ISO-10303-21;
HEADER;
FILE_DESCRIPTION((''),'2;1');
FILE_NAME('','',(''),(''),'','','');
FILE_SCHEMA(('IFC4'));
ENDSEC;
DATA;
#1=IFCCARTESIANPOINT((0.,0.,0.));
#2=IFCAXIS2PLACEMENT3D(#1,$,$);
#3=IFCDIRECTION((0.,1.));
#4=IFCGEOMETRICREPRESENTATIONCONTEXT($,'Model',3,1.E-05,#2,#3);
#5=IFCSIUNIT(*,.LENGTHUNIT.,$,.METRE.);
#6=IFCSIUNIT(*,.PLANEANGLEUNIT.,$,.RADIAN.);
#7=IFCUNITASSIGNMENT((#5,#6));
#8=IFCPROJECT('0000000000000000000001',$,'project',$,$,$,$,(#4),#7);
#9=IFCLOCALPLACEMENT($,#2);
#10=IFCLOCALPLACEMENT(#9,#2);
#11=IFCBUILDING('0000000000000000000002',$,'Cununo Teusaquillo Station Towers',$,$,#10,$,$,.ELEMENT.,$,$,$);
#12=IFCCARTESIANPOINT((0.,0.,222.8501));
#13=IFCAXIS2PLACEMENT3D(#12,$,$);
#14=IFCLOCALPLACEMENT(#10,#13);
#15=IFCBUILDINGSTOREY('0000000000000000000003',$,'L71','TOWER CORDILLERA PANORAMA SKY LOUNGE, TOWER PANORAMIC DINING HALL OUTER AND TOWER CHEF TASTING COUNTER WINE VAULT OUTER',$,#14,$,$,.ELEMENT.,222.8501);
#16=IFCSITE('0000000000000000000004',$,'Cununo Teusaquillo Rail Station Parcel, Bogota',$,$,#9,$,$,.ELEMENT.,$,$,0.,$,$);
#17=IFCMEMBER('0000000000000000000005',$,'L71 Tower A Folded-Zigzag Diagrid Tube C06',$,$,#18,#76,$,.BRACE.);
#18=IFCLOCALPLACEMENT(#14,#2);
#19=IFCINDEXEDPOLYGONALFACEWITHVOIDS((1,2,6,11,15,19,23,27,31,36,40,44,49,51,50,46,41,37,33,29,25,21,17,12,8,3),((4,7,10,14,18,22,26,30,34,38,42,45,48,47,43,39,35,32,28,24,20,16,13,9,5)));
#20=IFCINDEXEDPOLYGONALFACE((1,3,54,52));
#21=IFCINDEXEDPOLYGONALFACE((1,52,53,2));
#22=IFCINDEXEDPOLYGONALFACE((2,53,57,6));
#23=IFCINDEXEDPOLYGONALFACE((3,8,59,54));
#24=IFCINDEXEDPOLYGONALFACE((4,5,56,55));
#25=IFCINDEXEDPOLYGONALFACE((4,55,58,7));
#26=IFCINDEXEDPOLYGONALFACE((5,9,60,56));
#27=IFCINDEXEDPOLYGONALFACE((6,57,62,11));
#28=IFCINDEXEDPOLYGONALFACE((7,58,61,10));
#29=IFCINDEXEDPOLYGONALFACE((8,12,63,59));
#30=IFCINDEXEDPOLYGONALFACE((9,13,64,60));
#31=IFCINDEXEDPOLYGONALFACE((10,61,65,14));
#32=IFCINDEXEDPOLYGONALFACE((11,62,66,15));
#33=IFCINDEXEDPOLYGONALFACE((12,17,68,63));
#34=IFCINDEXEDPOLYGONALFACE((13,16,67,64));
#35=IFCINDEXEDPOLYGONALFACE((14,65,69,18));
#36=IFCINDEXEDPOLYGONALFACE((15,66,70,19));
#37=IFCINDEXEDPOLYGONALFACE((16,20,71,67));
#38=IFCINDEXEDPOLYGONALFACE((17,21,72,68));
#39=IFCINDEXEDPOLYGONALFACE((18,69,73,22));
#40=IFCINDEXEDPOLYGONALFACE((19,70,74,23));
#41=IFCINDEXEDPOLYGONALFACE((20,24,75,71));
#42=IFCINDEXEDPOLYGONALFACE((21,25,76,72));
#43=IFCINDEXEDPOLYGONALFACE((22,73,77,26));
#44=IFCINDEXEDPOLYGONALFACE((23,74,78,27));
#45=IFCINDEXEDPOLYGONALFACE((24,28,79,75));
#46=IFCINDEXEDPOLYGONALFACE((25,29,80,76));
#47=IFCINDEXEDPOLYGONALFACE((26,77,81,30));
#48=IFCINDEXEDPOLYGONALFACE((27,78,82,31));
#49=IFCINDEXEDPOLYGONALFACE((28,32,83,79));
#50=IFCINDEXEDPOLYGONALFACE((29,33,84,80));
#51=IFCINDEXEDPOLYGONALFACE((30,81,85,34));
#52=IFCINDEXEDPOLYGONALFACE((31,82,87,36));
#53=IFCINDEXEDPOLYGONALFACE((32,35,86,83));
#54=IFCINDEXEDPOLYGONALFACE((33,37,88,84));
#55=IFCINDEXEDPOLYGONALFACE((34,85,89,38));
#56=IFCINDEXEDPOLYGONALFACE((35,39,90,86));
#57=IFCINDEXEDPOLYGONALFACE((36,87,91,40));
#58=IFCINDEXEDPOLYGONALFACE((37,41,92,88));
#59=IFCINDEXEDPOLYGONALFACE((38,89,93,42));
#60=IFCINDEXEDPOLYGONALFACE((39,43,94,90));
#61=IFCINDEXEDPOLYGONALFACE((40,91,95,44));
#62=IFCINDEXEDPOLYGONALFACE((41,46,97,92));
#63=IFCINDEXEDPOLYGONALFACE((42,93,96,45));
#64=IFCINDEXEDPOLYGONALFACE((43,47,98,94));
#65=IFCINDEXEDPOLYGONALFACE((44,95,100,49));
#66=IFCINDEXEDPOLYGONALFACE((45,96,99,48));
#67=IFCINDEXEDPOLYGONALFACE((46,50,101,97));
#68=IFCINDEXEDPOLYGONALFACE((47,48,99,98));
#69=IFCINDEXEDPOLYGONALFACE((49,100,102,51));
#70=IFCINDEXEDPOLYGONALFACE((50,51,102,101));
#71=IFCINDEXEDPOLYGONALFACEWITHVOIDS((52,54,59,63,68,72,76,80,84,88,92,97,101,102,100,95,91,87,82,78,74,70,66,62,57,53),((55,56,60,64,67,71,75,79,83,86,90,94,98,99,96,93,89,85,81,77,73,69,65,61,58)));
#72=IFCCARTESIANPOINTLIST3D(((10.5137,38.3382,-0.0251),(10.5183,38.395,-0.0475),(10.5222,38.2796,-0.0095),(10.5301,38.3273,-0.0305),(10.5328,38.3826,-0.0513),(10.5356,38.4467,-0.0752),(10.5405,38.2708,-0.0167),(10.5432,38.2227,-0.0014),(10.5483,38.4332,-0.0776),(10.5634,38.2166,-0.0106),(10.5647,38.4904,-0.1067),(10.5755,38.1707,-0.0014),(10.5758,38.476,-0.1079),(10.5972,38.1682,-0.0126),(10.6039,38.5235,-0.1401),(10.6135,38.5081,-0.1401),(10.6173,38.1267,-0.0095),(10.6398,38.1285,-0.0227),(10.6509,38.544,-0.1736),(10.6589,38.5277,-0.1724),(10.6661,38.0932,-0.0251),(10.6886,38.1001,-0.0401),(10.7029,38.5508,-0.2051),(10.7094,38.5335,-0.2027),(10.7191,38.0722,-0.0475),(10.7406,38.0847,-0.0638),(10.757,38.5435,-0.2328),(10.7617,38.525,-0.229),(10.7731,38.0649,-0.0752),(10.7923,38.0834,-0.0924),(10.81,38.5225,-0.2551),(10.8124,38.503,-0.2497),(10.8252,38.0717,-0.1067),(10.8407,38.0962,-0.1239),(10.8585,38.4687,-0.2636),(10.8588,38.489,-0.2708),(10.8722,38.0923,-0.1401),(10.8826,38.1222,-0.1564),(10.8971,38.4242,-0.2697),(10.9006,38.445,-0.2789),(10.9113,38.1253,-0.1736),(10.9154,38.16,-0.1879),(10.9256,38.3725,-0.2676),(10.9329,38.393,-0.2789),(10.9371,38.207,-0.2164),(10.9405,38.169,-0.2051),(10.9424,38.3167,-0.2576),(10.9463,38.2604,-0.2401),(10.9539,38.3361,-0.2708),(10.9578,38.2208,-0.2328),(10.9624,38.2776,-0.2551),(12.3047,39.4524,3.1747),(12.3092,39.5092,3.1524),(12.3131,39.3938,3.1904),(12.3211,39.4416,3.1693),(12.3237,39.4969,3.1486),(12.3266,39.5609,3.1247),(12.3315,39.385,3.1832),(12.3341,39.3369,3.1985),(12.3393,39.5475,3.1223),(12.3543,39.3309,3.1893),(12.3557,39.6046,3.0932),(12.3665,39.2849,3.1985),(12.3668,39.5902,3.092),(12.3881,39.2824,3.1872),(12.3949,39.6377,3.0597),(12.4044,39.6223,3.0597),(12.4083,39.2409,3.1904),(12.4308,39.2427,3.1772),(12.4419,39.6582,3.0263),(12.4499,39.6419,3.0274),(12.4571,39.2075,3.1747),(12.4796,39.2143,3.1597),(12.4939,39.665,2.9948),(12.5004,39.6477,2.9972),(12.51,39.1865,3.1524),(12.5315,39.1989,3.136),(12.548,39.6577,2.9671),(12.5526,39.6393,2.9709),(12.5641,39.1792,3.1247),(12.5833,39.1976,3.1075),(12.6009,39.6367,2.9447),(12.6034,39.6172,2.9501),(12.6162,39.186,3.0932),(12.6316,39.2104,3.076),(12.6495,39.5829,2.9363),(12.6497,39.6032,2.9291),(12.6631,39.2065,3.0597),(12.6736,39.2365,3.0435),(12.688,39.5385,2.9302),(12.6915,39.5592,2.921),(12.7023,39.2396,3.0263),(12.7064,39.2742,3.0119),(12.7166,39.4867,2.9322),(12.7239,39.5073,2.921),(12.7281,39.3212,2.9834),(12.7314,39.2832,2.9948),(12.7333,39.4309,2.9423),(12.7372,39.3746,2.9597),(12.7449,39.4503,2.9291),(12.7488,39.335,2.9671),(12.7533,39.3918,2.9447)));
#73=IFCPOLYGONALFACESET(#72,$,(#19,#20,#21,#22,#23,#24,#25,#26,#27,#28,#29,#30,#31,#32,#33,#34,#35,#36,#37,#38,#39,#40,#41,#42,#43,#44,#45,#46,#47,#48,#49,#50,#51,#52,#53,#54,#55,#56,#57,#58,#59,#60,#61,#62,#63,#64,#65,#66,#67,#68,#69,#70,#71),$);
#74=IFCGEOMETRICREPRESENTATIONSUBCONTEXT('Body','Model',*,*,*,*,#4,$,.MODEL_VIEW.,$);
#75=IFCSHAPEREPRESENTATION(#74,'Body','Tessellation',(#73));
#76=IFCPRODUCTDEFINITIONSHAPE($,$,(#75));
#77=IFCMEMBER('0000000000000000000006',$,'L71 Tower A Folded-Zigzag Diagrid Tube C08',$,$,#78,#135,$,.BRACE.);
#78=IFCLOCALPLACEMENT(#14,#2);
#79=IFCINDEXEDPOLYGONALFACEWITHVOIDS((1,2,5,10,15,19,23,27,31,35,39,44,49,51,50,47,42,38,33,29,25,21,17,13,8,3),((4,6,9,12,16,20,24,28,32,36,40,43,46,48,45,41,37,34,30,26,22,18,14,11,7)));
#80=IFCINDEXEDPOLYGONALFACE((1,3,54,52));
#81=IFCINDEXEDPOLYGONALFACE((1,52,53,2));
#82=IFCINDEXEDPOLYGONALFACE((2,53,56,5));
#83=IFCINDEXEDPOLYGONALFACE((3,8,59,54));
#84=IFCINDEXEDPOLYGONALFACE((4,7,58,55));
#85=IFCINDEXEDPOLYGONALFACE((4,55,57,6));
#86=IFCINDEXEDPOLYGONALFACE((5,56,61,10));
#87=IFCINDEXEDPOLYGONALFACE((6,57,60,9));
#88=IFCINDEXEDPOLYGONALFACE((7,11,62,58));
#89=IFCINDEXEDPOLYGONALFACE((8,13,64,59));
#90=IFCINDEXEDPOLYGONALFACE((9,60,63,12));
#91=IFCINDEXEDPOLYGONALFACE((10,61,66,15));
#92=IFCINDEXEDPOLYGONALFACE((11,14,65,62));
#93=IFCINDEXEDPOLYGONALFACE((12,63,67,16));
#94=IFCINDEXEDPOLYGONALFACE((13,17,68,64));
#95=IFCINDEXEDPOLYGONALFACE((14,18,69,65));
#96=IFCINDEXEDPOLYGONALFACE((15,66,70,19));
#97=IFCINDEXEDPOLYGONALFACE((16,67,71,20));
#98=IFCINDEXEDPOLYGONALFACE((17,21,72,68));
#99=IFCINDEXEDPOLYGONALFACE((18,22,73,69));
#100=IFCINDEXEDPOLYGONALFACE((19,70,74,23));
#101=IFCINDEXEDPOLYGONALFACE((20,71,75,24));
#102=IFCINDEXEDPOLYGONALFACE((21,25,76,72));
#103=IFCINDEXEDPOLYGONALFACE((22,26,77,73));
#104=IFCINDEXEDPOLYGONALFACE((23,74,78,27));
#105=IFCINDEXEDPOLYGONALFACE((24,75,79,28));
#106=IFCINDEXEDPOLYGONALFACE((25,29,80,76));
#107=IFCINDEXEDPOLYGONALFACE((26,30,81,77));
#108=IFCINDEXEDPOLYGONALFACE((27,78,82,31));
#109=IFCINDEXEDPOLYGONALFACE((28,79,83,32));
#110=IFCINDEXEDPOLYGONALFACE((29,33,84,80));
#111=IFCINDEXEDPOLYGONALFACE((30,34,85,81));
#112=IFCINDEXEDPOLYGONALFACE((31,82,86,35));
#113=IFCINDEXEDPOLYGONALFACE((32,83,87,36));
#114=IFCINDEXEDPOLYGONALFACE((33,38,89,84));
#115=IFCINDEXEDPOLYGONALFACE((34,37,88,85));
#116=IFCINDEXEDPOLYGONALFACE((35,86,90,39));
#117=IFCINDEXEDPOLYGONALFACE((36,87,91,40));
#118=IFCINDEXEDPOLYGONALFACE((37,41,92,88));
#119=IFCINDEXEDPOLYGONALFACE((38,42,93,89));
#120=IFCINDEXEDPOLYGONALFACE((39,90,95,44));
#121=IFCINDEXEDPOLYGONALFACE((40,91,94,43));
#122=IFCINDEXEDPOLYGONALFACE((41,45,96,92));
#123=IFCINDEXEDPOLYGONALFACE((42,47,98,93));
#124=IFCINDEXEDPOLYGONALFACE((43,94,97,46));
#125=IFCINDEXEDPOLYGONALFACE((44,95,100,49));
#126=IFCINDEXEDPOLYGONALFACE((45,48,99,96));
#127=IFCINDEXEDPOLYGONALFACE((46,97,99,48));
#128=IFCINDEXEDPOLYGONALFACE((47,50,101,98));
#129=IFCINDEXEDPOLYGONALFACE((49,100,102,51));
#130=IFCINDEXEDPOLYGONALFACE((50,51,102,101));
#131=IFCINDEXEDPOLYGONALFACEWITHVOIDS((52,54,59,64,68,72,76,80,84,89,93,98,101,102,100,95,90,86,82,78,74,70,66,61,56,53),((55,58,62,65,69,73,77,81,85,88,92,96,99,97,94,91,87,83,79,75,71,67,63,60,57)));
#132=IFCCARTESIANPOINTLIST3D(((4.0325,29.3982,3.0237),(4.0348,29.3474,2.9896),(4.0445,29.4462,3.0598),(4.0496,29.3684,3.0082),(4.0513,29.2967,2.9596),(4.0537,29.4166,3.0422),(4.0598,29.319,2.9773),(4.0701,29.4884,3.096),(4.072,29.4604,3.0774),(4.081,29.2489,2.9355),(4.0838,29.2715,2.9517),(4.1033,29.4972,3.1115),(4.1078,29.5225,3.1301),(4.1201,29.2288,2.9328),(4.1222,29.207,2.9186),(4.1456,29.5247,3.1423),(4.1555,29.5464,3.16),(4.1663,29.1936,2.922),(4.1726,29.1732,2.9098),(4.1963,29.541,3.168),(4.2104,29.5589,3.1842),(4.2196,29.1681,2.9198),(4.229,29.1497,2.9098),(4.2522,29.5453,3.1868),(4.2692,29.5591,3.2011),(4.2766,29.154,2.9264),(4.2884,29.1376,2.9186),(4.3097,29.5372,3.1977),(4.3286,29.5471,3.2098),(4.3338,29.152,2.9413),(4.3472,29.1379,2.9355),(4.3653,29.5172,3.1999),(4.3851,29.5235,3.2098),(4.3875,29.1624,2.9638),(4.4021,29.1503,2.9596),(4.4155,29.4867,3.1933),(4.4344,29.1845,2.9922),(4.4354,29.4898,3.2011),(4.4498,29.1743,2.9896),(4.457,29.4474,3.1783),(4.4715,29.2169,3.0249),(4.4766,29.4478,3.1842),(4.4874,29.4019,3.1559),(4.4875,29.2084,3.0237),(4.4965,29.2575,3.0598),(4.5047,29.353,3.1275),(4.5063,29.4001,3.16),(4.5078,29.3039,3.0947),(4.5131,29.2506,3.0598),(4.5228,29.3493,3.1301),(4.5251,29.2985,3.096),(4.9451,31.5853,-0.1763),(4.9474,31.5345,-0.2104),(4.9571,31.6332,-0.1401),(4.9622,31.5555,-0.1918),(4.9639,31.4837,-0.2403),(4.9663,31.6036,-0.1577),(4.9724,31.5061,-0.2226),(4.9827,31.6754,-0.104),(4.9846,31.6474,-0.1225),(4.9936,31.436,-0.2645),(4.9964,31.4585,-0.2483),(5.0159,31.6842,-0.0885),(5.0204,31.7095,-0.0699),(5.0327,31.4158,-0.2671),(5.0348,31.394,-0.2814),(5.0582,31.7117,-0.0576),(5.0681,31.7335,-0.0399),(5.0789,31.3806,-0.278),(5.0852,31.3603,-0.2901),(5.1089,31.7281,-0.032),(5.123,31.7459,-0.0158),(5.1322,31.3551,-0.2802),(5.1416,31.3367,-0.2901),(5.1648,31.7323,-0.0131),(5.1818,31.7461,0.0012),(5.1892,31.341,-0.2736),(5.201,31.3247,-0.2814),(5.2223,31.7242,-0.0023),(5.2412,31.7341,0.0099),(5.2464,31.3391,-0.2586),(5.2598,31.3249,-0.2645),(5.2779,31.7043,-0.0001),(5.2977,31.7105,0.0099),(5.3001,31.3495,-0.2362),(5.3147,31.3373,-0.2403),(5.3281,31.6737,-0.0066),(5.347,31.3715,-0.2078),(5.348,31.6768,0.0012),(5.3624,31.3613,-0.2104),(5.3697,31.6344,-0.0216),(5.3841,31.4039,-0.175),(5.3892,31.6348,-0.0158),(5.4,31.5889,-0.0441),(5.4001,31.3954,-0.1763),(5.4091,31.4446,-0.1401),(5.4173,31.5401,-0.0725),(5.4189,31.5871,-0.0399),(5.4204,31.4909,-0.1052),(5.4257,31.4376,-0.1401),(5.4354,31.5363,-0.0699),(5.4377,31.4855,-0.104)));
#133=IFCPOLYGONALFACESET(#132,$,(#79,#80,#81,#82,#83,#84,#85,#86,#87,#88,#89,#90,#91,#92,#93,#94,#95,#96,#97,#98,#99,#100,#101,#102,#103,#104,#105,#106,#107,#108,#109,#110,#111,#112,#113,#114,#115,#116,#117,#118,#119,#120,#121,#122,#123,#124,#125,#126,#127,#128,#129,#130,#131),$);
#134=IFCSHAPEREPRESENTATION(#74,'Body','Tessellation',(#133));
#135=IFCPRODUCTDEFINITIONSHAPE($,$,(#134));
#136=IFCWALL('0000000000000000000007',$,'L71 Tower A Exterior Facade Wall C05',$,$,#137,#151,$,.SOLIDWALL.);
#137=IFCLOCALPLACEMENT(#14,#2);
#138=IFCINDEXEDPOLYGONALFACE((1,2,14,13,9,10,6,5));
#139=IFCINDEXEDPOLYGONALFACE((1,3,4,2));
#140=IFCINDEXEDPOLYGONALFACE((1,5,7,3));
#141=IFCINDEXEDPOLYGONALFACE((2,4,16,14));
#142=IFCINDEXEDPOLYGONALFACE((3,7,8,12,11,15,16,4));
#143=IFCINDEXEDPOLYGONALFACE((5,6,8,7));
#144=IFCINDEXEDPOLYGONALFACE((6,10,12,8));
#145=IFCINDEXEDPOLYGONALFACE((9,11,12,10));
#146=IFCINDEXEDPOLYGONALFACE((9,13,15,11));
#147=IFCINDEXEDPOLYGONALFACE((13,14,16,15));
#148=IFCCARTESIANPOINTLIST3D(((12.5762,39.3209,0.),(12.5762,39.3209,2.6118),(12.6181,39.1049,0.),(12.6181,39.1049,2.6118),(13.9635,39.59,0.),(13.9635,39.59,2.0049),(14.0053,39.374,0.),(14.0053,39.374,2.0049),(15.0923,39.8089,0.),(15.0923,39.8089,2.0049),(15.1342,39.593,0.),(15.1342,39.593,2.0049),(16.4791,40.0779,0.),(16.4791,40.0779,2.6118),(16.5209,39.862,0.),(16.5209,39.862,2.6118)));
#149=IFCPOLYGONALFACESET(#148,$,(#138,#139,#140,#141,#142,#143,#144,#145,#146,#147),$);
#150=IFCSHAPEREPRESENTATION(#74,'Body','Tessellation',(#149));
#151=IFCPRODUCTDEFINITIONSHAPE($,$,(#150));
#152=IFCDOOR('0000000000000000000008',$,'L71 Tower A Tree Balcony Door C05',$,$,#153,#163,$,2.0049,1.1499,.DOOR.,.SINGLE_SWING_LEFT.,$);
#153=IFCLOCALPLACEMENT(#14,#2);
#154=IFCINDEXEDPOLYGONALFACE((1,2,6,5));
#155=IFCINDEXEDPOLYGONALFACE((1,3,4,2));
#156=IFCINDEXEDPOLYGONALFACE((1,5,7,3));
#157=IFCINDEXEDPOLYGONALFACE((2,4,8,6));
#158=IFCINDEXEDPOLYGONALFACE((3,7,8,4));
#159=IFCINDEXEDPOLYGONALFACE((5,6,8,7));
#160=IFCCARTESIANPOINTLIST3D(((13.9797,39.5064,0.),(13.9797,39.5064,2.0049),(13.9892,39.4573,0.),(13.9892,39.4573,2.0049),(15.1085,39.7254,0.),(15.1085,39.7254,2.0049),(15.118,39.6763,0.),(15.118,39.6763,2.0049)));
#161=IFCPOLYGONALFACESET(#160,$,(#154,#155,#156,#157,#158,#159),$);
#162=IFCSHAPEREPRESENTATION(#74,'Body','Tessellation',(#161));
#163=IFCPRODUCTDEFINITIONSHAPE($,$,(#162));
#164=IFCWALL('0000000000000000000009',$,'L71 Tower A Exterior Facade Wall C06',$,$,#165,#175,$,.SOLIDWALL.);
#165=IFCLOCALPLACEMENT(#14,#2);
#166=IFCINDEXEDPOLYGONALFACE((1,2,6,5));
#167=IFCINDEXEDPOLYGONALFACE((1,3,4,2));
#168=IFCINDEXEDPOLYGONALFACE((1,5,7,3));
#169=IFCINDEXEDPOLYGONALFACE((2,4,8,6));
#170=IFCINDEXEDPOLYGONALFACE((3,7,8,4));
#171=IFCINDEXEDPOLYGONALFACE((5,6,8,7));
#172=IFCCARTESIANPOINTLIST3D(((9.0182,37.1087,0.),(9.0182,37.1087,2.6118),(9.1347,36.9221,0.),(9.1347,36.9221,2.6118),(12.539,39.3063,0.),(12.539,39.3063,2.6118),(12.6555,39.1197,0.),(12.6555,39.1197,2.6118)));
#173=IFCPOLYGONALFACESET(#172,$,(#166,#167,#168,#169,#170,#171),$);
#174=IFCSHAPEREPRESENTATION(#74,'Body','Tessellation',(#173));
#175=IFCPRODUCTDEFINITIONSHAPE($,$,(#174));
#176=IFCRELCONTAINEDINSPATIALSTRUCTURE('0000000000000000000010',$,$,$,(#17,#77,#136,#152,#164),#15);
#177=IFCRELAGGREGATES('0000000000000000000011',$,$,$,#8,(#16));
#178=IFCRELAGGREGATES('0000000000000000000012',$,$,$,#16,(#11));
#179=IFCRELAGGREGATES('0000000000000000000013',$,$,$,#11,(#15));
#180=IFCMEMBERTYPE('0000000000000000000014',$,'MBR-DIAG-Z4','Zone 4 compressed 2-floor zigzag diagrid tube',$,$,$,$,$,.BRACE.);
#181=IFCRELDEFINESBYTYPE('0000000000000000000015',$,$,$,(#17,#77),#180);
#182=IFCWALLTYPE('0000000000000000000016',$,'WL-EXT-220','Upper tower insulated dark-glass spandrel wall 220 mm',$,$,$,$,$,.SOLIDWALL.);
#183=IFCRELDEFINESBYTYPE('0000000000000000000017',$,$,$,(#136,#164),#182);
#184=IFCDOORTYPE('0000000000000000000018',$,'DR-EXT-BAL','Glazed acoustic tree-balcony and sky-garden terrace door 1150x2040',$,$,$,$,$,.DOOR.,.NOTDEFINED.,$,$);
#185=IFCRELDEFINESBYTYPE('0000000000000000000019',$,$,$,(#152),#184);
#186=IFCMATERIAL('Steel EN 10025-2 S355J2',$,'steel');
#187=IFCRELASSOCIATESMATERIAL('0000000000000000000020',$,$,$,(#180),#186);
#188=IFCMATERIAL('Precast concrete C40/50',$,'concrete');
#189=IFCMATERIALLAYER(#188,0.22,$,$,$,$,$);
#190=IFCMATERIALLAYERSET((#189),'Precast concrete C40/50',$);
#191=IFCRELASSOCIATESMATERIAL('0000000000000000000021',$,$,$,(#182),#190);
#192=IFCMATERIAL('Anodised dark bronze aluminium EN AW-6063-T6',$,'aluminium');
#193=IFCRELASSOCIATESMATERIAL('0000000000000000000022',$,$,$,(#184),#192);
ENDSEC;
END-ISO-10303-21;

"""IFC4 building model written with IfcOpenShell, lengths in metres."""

from ifc_helpers import new_model, si_unit, direction, frame, frame_2d, origin, origin_2d, place, context, subcontext, project, spatial, rectangle, hollow_circle, extrude, source, transform, mapped, material, layer, layer_set, material_profile, profile_set, type_object, element, fill, save


model = new_model("IFC4")

# Units and contexts
model_context = context("Model", 3, precision=1e-05, world=origin(), true_north=direction((0.0, 1.0)))
body_context = subcontext(model_context, "Body", "Model", "MODEL_VIEW")
ifc_project = project(units=[si_unit("LENGTHUNIT", "METRE"), si_unit("PLANEANGLEUNIT", "RADIAN")], contexts=[model_context])

# Site, building, storey
site_placement = place(None, origin())
site = spatial("IfcSite", under=ifc_project, at=site_placement, Name="Cununo Teusaquillo Rail Station Parcel, Bogota", CompositionType="ELEMENT", RefElevation=0.0)
building_placement = place(site_placement, origin())
building = spatial("IfcBuilding", under=site, at=building_placement, Name="Cununo Teusaquillo Station Towers", CompositionType="ELEMENT")
storey_placement = place(building_placement, frame((0.0, 0.0, 222.8501)))
storey = spatial("IfcBuildingStorey", under=building, at=storey_placement, Name="L71", Description="TOWER CORDILLERA PANORAMA SKY LOUNGE, TOWER PANORAMIC DINING HALL OUTER AND TOWER CHEF TASTING COUNTER WINE VAULT OUTER", CompositionType="ELEMENT", Elevation=222.8501)

# Members
ifc_material_1 = material(Name="Steel EN 10025-2 S355J2", Category="steel")
ifc_material_profile_1 = material_profile(ifc_material_1, hollow_circle(Radius=0.2539, WallThickness=0.0181, at=origin_2d()), Name="CHS 508x18")
ifc_profile_set_1 = profile_set([ifc_material_profile_1], Name="Steel EN 10025-2 S355J2")
member_type = type_object("IfcMemberType", Name="MBR-DIAG-Z4", Description="Zone 4 compressed 2-floor zigzag diagrid tube", PredefinedType="BRACE", material=ifc_profile_set_1)
member_1_placement = place(storey_placement, frame((10.738, 38.3079, -0.1401), z_axis=(0.467308, 0.29073, 0.834925), x_axis=(-0.52825, 0.849089, 0.0)))
element("IfcMember", 1, at=member_1_placement, inside=storey, type_object=member_type, Name="L71 Tower A Folded-Zigzag Diagrid Tube C06", PredefinedType="BRACE", context=body_context, shape_type="SweptSolid", body=[
    extrude(hollow_circle(Radius=0.2539, WallThickness=0.0181, at=origin_2d()), origin(), (0.0, 0.0, 1.0), 3.8325),
])
member_2_placement = place(storey_placement, frame((5.1914, 31.5354, -0.1401), z_axis=(-0.229186, -0.549238, 0.803624), x_axis=(0.922876, -0.385098, 0.0)))
element("IfcMember", 2, at=member_2_placement, inside=storey, type_object=member_type, Name="L71 Tower A Folded-Zigzag Diagrid Tube C08", PredefinedType="BRACE", context=body_context, shape_type="SweptSolid", body=[
    extrude(hollow_circle(Radius=0.2539, WallThickness=0.0181, at=origin_2d()), origin(), (0.0, 0.0, 1.0), 3.9819),
])

# Wall, opening, door
ifc_material_2 = material(Name="Precast concrete C40/50", Category="concrete")
ifc_layer_1 = layer(ifc_material_2, 0.22)
ifc_layer_set_1 = layer_set([ifc_layer_1], Name="Precast concrete C40/50")
wall_type_1 = type_object("IfcWallType", Name="WL-EXT-220", Description="Upper tower insulated dark-glass spandrel wall 220 mm", PredefinedType="SOLIDWALL", material=ifc_layer_set_1)
wall_1_placement = place(storey_placement, frame((12.5972, 39.2129, 0.0), z_axis=(0.0, 0.0, 1.0), x_axis=(0.9817, 0.190432, 0.0)))
wall_1 = element("IfcWall", 3, at=wall_1_placement, inside=storey, type_object=wall_type_1, Name="L71 Tower A Exterior Facade Wall C05", PredefinedType="SOLIDWALL", context=body_context, shape_type="SweptSolid", body=[
    extrude(rectangle(XDim=3.9756, YDim=0.22, at=frame_2d((1.9878, 0.0))), origin(), (0.0, 0.0, 1.0), 2.6118),
])
shared_shape_1 = source(origin(), body_context, "Body", "SweptSolid", [
    extrude(rectangle(XDim=1.1499, YDim=2.0049, at=frame_2d((0.575, 1.0024))), frame((0.0, 0.1199, 0.0), z_axis=(0.0, -1.0, 0.0), x_axis=(1.0, 0.0, 0.0)), (0.0, 0.0, 1.0), 0.24),
])
opening_1_placement = place(wall_1_placement, frame((1.4131, 0.0, 0.0)))
opening_1 = element("IfcOpeningElement", 4, at=opening_1_placement, cuts=wall_1, PredefinedType="OPENING", context=body_context, shape_type="MappedRepresentation", body=[
    mapped(shared_shape_1, transform((0.0, 0.0, 0.0), x_axis=(1.0, 0.0, 0.0), y_axis=(0.0, 1.0, 0.0), z_axis=(0.0, 0.0, 1.0), scale=1.0)),
])
ifc_material_3 = material(Name="Anodised dark bronze aluminium EN AW-6063-T6", Category="aluminium")
door_type_1 = type_object("IfcDoorType", Name="DR-EXT-BAL", Description="Glazed acoustic tree-balcony and sky-garden terrace door 1150x2040", OperationType="NOTDEFINED", PredefinedType="DOOR", material=ifc_material_3)
shared_shape_2 = source(origin(), body_context, "Body", "SweptSolid", [
    extrude(rectangle(XDim=1.1499, YDim=2.0049, at=frame_2d((0.575, 1.0024))), frame((0.0, 0.0249, 0.0), z_axis=(0.0, -1.0, 0.0), x_axis=(1.0, 0.0, 0.0)), (0.0, 0.0, 1.0), 0.05),
])
door_1_placement = place(opening_1_placement, origin())
door_1 = element("IfcDoor", 5, at=door_1_placement, inside=storey, type_object=door_type_1, Name="L71 Tower A Tree Balcony Door C05", OperationType="SINGLE_SWING_LEFT", OverallHeight=2.0049, OverallWidth=1.1499, PredefinedType="DOOR", context=body_context, shape_type="MappedRepresentation", body=[
    mapped(shared_shape_2, transform((0.0, 0.0, 0.0), x_axis=(1.0, 0.0, 0.0), y_axis=(0.0, 1.0, 0.0), z_axis=(0.0, 0.0, 1.0), scale=1.0)),
])
fill(opening_1, door_1)

# Wall
wall_2_placement = place(storey_placement, frame((9.0764, 37.0154, 0.0), z_axis=(0.0, 0.0, 1.0), x_axis=(0.848319, 0.529486, 0.0)))
element("IfcWall", 6, at=wall_2_placement, inside=storey, type_object=wall_type_1, Name="L71 Tower A Exterior Facade Wall C06", PredefinedType="SOLIDWALL", context=body_context, shape_type="SweptSolid", body=[
    extrude(rectangle(XDim=4.1504, YDim=0.22, at=frame_2d((2.0752, 0.0))), origin(), (0.0, 0.0, 1.0), 2.6118),
])

save(model, "model.ifc")
